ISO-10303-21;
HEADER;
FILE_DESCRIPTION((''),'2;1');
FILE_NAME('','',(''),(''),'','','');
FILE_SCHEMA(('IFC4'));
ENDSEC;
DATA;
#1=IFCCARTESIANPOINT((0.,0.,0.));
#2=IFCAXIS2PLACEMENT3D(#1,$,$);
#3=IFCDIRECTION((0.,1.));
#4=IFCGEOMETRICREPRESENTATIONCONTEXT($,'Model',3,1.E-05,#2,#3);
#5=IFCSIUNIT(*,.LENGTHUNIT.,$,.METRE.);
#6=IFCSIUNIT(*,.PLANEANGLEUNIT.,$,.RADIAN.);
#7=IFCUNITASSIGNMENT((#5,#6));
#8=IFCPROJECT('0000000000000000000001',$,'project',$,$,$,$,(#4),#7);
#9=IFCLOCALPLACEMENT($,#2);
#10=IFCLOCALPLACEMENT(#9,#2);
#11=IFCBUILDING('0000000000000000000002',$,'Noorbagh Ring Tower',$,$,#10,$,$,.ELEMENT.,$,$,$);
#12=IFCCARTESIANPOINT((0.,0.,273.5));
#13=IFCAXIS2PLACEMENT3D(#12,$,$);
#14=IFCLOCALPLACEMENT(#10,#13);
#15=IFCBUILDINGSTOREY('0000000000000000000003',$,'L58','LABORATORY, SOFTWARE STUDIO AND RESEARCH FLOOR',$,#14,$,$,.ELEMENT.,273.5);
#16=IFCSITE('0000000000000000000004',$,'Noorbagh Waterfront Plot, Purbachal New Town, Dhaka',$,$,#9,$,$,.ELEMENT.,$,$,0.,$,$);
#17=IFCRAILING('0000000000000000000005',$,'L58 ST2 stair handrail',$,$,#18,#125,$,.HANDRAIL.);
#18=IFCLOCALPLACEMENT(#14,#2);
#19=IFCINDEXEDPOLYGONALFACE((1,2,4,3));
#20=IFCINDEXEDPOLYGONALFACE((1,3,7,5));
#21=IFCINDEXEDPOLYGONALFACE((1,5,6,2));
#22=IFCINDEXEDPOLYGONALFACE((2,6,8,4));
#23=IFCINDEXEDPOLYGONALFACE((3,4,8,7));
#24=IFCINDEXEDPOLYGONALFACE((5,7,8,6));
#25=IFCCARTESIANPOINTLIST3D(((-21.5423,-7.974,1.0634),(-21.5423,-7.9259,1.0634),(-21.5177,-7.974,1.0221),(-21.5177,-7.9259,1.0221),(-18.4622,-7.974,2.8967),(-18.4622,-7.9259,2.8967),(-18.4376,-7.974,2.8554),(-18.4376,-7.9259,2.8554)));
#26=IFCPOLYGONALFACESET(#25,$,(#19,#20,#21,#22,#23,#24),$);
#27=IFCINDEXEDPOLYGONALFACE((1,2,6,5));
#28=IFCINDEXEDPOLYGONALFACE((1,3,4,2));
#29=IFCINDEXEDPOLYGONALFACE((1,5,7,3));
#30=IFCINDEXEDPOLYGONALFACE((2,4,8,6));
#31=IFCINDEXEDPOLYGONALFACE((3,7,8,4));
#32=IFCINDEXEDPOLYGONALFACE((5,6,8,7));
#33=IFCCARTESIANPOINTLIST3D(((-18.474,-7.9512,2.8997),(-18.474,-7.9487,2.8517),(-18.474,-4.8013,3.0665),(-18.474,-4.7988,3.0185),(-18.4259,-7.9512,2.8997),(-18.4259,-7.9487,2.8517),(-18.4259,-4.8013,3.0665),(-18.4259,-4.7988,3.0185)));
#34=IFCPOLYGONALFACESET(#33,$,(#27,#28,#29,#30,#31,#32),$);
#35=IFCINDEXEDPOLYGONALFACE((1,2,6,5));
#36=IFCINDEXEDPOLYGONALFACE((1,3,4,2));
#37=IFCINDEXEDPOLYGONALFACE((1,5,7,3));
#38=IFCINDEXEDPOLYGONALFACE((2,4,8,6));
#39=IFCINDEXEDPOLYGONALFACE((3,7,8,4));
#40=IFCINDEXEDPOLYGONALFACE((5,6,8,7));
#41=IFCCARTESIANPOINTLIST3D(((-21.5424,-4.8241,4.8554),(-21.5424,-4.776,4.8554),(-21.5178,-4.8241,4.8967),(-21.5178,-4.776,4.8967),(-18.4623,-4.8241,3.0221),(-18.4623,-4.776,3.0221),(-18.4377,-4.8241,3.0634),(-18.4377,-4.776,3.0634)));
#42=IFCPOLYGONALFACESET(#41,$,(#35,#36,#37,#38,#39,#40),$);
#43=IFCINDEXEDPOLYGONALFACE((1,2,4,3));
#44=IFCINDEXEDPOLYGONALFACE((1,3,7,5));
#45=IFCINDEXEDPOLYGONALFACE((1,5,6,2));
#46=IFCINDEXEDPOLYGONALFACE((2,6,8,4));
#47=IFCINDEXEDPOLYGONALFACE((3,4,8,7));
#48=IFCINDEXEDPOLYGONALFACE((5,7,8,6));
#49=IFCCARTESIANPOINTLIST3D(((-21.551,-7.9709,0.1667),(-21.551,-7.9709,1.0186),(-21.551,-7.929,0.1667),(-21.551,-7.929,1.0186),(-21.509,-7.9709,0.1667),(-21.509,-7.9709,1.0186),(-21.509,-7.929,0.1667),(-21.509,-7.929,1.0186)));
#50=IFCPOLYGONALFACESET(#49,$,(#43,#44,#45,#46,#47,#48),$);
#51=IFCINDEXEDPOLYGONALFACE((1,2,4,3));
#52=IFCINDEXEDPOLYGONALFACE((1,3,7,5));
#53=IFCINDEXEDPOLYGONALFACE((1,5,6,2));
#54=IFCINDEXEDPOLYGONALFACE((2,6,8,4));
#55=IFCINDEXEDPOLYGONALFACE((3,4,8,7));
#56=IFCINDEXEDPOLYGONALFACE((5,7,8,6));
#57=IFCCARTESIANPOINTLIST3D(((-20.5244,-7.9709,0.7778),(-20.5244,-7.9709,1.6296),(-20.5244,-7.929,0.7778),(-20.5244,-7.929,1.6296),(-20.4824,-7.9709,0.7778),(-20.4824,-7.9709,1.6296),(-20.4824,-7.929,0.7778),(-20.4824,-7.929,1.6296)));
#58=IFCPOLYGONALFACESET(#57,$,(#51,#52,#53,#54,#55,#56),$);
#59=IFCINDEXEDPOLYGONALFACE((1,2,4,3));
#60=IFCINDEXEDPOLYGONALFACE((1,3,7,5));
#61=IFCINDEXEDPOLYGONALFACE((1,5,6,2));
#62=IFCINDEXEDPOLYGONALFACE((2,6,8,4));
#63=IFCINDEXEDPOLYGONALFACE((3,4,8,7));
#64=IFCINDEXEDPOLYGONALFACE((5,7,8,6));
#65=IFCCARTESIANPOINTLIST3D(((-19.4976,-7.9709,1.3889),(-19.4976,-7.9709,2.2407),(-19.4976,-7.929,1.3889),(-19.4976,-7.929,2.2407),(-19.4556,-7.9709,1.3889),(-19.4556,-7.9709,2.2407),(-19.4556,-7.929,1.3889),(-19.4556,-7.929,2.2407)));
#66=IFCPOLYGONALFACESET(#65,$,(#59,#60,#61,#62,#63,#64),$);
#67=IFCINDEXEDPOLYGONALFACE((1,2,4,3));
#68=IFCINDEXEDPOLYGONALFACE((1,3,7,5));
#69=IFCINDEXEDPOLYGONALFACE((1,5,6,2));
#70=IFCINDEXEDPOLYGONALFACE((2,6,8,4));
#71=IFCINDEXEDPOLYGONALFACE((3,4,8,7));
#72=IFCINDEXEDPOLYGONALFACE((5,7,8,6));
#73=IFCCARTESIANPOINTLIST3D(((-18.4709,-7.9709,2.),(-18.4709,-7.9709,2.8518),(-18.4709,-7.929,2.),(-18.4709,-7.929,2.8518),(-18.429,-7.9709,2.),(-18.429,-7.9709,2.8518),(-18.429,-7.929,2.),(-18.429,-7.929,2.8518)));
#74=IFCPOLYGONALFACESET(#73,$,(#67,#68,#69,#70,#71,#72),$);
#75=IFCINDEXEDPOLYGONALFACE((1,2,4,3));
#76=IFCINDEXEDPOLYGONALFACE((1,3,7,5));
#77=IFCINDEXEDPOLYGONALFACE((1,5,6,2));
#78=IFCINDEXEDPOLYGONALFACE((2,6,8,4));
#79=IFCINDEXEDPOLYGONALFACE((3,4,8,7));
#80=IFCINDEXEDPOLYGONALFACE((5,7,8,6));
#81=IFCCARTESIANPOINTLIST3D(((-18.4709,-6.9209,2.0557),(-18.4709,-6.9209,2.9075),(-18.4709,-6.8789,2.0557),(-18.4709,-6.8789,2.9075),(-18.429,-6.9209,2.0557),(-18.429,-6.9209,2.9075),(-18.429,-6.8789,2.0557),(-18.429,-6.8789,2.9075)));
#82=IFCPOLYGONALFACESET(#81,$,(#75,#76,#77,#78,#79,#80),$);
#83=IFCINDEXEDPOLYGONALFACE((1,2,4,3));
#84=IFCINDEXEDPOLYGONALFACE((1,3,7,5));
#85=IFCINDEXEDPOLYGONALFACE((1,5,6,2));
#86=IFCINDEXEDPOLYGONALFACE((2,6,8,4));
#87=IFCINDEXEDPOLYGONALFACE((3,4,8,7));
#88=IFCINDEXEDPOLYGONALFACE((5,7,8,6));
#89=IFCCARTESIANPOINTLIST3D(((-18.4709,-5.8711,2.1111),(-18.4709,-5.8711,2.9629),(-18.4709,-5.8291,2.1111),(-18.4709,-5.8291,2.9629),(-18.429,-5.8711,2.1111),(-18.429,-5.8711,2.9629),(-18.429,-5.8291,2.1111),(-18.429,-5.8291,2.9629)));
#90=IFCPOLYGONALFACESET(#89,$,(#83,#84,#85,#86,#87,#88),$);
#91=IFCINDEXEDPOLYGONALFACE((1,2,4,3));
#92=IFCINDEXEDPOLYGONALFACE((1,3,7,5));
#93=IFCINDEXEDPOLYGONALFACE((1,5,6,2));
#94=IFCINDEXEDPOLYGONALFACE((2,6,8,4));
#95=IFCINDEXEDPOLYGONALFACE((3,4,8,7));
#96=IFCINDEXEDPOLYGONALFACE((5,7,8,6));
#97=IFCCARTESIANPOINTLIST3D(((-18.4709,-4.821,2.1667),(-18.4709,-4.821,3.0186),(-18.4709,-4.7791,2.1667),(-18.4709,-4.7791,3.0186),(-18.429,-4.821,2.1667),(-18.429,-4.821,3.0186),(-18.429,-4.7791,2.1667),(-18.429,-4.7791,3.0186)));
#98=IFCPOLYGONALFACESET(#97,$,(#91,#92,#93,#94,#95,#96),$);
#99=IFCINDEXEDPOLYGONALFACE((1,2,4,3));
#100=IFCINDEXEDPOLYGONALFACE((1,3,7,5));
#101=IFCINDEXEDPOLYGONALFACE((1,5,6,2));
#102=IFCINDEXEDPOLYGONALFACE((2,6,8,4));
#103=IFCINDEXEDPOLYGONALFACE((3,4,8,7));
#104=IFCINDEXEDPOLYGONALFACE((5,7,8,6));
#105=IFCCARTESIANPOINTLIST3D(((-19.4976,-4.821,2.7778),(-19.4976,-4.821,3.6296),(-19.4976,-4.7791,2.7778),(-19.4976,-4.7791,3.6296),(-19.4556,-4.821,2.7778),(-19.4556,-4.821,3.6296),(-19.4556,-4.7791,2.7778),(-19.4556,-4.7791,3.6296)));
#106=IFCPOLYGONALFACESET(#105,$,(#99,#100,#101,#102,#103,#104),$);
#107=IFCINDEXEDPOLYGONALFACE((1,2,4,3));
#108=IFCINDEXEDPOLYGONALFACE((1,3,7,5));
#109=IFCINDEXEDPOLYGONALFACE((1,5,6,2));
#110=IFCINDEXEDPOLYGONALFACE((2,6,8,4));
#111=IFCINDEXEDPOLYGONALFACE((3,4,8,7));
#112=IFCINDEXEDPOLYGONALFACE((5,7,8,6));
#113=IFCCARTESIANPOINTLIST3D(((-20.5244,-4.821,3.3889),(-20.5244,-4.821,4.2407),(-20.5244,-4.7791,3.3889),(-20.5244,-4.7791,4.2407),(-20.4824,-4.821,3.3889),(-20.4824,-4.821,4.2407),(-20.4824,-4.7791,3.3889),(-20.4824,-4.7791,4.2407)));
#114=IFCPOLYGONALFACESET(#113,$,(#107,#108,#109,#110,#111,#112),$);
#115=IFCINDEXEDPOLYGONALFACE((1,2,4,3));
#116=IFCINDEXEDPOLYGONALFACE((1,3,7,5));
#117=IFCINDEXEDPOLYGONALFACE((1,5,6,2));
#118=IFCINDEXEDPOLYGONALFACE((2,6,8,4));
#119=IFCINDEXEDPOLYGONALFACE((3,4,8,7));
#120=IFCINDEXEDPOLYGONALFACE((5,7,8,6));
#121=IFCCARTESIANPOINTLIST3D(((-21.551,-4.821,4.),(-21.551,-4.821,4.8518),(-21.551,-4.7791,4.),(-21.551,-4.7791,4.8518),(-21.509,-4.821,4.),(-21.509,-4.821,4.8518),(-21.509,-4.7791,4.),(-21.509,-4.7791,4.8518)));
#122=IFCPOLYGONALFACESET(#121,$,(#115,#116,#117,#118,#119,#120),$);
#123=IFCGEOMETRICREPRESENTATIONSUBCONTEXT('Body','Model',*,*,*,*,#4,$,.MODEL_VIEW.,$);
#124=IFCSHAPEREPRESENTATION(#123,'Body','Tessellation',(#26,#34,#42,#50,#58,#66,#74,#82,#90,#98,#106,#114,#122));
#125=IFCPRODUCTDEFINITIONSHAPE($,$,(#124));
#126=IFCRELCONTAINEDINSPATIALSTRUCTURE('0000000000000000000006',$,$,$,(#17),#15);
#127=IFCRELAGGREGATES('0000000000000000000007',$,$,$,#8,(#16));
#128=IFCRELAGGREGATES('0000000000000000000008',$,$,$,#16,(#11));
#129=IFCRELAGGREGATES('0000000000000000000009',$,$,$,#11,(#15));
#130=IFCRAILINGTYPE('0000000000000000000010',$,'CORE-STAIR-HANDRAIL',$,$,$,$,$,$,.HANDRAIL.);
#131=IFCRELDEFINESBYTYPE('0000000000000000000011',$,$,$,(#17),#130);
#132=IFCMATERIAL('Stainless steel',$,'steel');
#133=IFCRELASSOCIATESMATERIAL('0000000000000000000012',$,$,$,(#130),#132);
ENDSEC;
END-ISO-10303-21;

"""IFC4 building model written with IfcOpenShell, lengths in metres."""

from ifc_helpers import new_model, si_unit, direction, frame, origin, origin_2d, place, context, subcontext, project, spatial, rectangle, extrude, material, type_object, element, save


model = new_model("IFC4")

# Units and contexts
model_context = context("Model", 3, precision=1e-05, world=origin(), true_north=direction((0.0, 1.0)))
body_context = subcontext(model_context, "Body", "Model", "MODEL_VIEW")
ifc_project = project(units=[si_unit("LENGTHUNIT", "METRE"), si_unit("PLANEANGLEUNIT", "RADIAN")], contexts=[model_context])

# Site, building, storey
site_placement = place(None, origin())
site = spatial("IfcSite", under=ifc_project, at=site_placement, Name="Noorbagh Waterfront Plot, Purbachal New Town, Dhaka", CompositionType="ELEMENT", RefElevation=0.0)
building_placement = place(site_placement, origin())
building = spatial("IfcBuilding", under=site, at=building_placement, Name="Noorbagh Ring Tower", CompositionType="ELEMENT")
storey_placement = place(building_placement, frame((0.0, 0.0, 273.5)))
storey = spatial("IfcBuildingStorey", under=building, at=storey_placement, Name="L58", Description="LABORATORY, SOFTWARE STUDIO AND RESEARCH FLOOR", CompositionType="ELEMENT", Elevation=273.5)

# Railing
ifc_material_1 = material(Name="Stainless steel", Category="steel")
railing_type_1 = type_object("IfcRailingType", Name="CORE-STAIR-HANDRAIL", PredefinedType="HANDRAIL", material=ifc_material_1)
railing_1_placement = place(storey_placement, frame((-21.53, -7.95, 0.1667)))
element("IfcRailing", 1, at=railing_1_placement, inside=storey, type_object=railing_type_1, Name="L58 ST2 stair handrail", PredefinedType="HANDRAIL", context=body_context, shape_type="SweptSolid", body=[
    extrude(rectangle(XDim=0.0481, YDim=0.0481, at=origin_2d()), frame((0.0, 0.0, 0.876), z_axis=(0.859309, 0.0, 0.511458), x_axis=(0.0, 1.0, 0.0)), (0.0, 0.0, 1.0), 3.5845),
    extrude(rectangle(XDim=0.0481, YDim=0.0481, at=origin_2d()), frame((3.0801, 0.0, 2.709), z_axis=(0.0, 0.998602, 0.052864), x_axis=(-1.0, 0.0, 0.0)), (0.0, 0.0, 1.0), 3.1543),
    extrude(rectangle(XDim=0.0481, YDim=0.0481, at=origin_2d()), frame((3.0801, 3.1499, 2.876), z_axis=(-0.859309, 0.0, 0.511458), x_axis=(0.0, -1.0, 0.0)), (0.0, 0.0, 1.0), 3.5845),
    extrude(rectangle(XDim=0.042, YDim=0.042, at=origin_2d()), origin(), (0.0, 0.0, 1.0), 0.8518),
    extrude(rectangle(XDim=0.042, YDim=0.042, at=origin_2d()), frame((1.0266, 0.0, 0.6111)), (0.0, 0.0, 1.0), 0.8518),
    extrude(rectangle(XDim=0.042, YDim=0.042, at=origin_2d()), frame((2.0535, 0.0, 1.2222)), (0.0, 0.0, 1.0), 0.8518),
    extrude(rectangle(XDim=0.042, YDim=0.042, at=origin_2d()), frame((3.0801, 0.0, 1.8333)), (0.0, 0.0, 1.0), 0.8518),
    extrude(rectangle(XDim=0.042, YDim=0.042, at=origin_2d()), frame((3.0801, 1.05, 1.8889)), (0.0, 0.0, 1.0), 0.8518),
    extrude(rectangle(XDim=0.042, YDim=0.042, at=origin_2d()), frame((3.0801, 2.0999, 1.9443)), (0.0, 0.0, 1.0), 0.8518),
    extrude(rectangle(XDim=0.042, YDim=0.042, at=origin_2d()), frame((3.0801, 3.1499, 2.0)), (0.0, 0.0, 1.0), 0.8518),
    extrude(rectangle(XDim=0.042, YDim=0.042, at=origin_2d()), frame((2.0535, 3.1499, 2.6111)), (0.0, 0.0, 1.0), 0.8518),
    extrude(rectangle(XDim=0.042, YDim=0.042, at=origin_2d()), frame((1.0266, 3.1499, 3.2222)), (0.0, 0.0, 1.0), 0.8518),
    extrude(rectangle(XDim=0.042, YDim=0.042, at=origin_2d()), frame((0.0, 3.1499, 3.8333)), (0.0, 0.0, 1.0), 0.8518),
])

save(model, "model.ifc")
